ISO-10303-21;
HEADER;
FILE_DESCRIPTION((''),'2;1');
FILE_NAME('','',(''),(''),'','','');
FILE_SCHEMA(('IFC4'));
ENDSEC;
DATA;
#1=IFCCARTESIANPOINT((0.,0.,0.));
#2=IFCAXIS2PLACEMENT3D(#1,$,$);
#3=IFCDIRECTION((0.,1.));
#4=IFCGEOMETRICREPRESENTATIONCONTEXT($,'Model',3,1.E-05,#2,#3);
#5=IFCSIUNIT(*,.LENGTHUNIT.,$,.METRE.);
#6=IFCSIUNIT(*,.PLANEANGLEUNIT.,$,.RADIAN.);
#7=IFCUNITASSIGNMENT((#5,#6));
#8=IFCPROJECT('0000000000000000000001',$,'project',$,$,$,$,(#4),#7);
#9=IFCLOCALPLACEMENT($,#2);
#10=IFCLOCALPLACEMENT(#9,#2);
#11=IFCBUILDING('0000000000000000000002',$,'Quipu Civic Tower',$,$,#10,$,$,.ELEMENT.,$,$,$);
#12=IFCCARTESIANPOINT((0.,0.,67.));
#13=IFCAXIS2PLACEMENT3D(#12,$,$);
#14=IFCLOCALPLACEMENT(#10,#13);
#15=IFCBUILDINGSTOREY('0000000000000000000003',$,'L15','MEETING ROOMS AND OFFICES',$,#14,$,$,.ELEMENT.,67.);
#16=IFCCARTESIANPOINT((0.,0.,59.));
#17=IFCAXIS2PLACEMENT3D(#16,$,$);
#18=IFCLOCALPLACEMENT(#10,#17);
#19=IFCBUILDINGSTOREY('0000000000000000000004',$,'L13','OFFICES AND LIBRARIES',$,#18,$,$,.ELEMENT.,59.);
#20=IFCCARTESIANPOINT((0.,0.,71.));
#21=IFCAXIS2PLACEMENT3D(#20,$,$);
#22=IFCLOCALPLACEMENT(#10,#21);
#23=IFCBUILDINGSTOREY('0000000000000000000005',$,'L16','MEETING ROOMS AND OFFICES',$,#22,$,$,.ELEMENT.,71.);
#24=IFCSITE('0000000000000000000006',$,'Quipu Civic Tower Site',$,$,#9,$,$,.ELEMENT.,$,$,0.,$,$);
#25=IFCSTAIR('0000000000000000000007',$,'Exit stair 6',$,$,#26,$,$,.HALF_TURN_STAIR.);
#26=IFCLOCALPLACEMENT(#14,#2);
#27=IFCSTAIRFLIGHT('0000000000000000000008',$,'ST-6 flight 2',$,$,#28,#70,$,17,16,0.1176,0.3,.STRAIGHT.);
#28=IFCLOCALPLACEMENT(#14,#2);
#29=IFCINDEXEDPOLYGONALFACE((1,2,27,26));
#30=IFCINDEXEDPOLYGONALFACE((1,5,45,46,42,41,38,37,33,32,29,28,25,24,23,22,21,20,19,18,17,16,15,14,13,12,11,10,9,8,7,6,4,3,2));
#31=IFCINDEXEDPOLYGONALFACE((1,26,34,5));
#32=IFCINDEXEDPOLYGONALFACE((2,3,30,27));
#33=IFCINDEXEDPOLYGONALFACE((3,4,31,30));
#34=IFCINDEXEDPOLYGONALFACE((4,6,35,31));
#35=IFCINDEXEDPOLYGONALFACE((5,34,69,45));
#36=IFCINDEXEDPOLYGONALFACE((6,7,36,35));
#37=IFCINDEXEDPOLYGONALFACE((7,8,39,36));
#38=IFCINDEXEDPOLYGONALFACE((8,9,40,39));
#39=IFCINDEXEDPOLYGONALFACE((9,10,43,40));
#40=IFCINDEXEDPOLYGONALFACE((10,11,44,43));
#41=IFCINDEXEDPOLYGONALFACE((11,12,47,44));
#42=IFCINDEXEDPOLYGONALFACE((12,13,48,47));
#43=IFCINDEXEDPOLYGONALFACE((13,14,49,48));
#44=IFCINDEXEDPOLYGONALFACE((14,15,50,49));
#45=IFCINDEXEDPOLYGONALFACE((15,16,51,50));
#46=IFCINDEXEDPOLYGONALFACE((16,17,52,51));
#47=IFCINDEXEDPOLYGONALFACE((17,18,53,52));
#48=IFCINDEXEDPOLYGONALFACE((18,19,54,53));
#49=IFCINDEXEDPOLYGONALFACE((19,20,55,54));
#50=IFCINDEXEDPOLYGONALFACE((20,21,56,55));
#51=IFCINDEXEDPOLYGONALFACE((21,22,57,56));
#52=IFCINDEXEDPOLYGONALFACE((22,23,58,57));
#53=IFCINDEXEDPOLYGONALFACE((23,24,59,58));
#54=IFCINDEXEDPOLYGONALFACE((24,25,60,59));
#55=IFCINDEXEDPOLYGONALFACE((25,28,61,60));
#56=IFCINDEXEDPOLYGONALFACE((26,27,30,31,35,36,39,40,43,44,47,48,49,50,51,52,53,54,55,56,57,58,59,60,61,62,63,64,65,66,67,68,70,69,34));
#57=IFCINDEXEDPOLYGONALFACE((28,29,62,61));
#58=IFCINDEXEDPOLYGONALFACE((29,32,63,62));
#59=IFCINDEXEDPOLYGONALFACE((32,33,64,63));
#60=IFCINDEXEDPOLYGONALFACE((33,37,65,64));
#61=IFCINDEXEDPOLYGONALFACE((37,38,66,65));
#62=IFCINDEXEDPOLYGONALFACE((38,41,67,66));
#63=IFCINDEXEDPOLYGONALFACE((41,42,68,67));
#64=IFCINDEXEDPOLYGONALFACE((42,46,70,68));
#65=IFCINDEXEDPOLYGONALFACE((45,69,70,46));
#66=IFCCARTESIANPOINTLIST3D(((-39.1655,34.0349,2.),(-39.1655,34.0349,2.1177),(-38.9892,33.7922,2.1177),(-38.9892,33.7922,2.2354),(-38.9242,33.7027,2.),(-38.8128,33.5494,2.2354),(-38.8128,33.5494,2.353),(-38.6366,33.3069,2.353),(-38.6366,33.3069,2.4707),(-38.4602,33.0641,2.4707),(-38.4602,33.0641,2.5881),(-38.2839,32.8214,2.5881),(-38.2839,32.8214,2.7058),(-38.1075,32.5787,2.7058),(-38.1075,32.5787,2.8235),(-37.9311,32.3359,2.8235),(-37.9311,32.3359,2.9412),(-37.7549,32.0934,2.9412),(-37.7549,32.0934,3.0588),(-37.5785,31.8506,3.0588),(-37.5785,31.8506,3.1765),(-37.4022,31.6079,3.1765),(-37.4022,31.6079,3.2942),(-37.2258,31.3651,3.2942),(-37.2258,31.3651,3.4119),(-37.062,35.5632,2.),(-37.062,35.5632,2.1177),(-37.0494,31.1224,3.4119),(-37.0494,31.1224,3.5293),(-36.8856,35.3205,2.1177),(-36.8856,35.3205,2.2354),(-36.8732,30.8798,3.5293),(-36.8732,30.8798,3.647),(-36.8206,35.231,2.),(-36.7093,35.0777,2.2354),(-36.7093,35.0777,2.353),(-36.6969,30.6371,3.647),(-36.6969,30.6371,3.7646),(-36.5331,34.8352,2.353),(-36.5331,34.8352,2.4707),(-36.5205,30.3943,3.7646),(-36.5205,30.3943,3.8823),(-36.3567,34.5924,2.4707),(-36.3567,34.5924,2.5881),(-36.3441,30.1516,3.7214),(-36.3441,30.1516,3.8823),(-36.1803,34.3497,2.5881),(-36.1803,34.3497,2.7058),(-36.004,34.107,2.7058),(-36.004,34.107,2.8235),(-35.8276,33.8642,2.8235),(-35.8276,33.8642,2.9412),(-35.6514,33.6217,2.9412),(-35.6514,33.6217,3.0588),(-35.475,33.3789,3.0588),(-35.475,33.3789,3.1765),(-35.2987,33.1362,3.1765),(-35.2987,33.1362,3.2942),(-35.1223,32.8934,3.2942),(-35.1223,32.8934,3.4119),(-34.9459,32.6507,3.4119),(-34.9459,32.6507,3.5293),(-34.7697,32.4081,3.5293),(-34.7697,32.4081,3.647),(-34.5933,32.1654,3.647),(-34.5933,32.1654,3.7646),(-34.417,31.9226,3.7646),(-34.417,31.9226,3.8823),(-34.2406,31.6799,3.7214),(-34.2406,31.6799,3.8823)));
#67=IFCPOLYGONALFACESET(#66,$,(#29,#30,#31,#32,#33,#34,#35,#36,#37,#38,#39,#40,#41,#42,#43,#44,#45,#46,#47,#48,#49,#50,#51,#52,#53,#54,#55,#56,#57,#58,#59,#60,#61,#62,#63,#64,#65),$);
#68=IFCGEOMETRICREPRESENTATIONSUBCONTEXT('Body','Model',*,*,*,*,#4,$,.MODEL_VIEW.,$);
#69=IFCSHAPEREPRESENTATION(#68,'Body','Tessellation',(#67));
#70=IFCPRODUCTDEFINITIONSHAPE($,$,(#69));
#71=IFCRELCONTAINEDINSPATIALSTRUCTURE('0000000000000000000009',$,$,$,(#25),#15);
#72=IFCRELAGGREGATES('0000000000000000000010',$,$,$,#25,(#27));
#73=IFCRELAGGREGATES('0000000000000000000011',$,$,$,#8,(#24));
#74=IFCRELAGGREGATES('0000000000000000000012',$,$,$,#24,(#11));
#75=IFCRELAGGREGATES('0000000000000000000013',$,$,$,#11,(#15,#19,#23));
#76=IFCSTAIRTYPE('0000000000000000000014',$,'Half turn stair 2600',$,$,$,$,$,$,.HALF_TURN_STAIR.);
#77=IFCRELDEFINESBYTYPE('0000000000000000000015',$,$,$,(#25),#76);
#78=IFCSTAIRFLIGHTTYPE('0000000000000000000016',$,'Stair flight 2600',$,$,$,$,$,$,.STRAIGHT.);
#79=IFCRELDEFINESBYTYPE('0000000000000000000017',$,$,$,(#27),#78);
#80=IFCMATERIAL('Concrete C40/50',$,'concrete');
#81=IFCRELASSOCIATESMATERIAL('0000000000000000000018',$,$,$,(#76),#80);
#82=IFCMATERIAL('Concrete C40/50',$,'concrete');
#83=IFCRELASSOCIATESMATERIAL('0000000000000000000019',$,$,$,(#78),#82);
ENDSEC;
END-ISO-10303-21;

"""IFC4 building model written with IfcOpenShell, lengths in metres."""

from ifc_helpers import new_model, si_unit, direction, frame, origin, place, context, subcontext, project, spatial, polyline, outline, extrude, material, type_object, element, aggregate, save


model = new_model("IFC4")

# Units and contexts
model_context = context("Model", 3, precision=1e-05, world=origin(), true_north=direction((0.0, 1.0)))
body_context = subcontext(model_context, "Body", "Model", "MODEL_VIEW")
ifc_project = project(units=[si_unit("LENGTHUNIT", "METRE"), si_unit("PLANEANGLEUNIT", "RADIAN")], contexts=[model_context])

# Site, building, storey
site_placement = place(None, origin())
site = spatial("IfcSite", under=ifc_project, at=site_placement, Name="Quipu Civic Tower Site", CompositionType="ELEMENT", RefElevation=0.0)
building_placement = place(site_placement, origin())
building = spatial("IfcBuilding", under=site, at=building_placement, Name="Quipu Civic Tower", CompositionType="ELEMENT")
storey_1_placement = place(building_placement, frame((0.0, 0.0, 67.0)))
storey_1 = spatial("IfcBuildingStorey", under=building, at=storey_1_placement, Name="L15", Description="MEETING ROOMS AND OFFICES", CompositionType="ELEMENT", Elevation=67.0)

# Shared definitions
storey_2_placement = place(building_placement, frame((0.0, 0.0, 59.0)))
storey_2 = spatial("IfcBuildingStorey", under=building, at=storey_2_placement, Name="L13", Description="OFFICES AND LIBRARIES", CompositionType="ELEMENT", Elevation=59.0)

# Shared definitions
storey_3_placement = place(building_placement, frame((0.0, 0.0, 71.0)))
storey_3 = spatial("IfcBuildingStorey", under=building, at=storey_3_placement, Name="L16", Description="MEETING ROOMS AND OFFICES", CompositionType="ELEMENT", Elevation=71.0)

# Stair, stair flight
ifc_material_1 = material(Name="Concrete C40/50", Category="concrete")
stair_type = type_object("IfcStairType", Name="Half turn stair 2600", PredefinedType="HALF_TURN_STAIR", material=ifc_material_1)
stair_placement = place(storey_1_placement, origin())
stair = element("IfcStair", 1, at=stair_placement, inside=storey_1, type_object=stair_type, Name="Exit stair 6", PredefinedType="HALF_TURN_STAIR")
ifc_material_2 = material(Name="Concrete C40/50", Category="concrete")
stair_flight_type = type_object("IfcStairFlightType", Name="Stair flight 2600", PredefinedType="STRAIGHT", material=ifc_material_2)
stair_flight_1_placement = place(storey_1_placement, frame((-38.1138, 34.7991, 2.0), z_axis=(0.0, 0.0, 1.0), x_axis=(0.587785, -0.809017, 0.0)))
stair_flight_1 = element("IfcStairFlight", 2, at=stair_flight_1_placement, type_object=stair_flight_type, Name="ST-6 flight 2", NumberOfRisers=17, NumberOfTreads=16, PredefinedType="STRAIGHT", RiserHeight=0.1176, TreadLength=0.3, context=body_context, shape_type="SweptSolid", body=[
    extrude(outline(polyline([(0.0, 0.0), (0.0, 0.1177), (0.3, 0.1177), (0.3, 0.2354), (0.6001, 0.2354), (0.6001, 0.353), (0.8999, 0.353), (0.8999, 0.4707), (1.2, 0.4707), (1.2, 0.5881), (1.5, 0.5881), (1.5, 0.7058), (1.8, 0.7058), (1.8, 0.8235), (2.1001, 0.8235), (2.1001, 0.9412), (2.3999, 0.9412), (2.3999, 1.0588), (2.7, 1.0588), (2.7, 1.1765), (3.0, 1.1765), (3.0, 1.2942), (3.3, 1.2942), (3.3, 1.4119), (3.6001, 1.4119), (3.6001, 1.5293), (3.8999, 1.5293), (3.8999, 1.647), (4.2, 1.647), (4.2, 1.7646), (4.5, 1.7646), (4.5, 1.8823), (4.8, 1.8823), (4.8, 2.0), (4.8, 1.7214), (0.4106, 0.0), (0.0, 0.0)])), frame((0.0, 1.3, 0.0), z_axis=(0.0, -1.0, 0.0), x_axis=(1.0, 0.0, 0.0)), (0.0, 0.0, 1.0), 2.6001),
])
aggregate(stair, [stair_flight_1])

save(model, "model.ifc")
